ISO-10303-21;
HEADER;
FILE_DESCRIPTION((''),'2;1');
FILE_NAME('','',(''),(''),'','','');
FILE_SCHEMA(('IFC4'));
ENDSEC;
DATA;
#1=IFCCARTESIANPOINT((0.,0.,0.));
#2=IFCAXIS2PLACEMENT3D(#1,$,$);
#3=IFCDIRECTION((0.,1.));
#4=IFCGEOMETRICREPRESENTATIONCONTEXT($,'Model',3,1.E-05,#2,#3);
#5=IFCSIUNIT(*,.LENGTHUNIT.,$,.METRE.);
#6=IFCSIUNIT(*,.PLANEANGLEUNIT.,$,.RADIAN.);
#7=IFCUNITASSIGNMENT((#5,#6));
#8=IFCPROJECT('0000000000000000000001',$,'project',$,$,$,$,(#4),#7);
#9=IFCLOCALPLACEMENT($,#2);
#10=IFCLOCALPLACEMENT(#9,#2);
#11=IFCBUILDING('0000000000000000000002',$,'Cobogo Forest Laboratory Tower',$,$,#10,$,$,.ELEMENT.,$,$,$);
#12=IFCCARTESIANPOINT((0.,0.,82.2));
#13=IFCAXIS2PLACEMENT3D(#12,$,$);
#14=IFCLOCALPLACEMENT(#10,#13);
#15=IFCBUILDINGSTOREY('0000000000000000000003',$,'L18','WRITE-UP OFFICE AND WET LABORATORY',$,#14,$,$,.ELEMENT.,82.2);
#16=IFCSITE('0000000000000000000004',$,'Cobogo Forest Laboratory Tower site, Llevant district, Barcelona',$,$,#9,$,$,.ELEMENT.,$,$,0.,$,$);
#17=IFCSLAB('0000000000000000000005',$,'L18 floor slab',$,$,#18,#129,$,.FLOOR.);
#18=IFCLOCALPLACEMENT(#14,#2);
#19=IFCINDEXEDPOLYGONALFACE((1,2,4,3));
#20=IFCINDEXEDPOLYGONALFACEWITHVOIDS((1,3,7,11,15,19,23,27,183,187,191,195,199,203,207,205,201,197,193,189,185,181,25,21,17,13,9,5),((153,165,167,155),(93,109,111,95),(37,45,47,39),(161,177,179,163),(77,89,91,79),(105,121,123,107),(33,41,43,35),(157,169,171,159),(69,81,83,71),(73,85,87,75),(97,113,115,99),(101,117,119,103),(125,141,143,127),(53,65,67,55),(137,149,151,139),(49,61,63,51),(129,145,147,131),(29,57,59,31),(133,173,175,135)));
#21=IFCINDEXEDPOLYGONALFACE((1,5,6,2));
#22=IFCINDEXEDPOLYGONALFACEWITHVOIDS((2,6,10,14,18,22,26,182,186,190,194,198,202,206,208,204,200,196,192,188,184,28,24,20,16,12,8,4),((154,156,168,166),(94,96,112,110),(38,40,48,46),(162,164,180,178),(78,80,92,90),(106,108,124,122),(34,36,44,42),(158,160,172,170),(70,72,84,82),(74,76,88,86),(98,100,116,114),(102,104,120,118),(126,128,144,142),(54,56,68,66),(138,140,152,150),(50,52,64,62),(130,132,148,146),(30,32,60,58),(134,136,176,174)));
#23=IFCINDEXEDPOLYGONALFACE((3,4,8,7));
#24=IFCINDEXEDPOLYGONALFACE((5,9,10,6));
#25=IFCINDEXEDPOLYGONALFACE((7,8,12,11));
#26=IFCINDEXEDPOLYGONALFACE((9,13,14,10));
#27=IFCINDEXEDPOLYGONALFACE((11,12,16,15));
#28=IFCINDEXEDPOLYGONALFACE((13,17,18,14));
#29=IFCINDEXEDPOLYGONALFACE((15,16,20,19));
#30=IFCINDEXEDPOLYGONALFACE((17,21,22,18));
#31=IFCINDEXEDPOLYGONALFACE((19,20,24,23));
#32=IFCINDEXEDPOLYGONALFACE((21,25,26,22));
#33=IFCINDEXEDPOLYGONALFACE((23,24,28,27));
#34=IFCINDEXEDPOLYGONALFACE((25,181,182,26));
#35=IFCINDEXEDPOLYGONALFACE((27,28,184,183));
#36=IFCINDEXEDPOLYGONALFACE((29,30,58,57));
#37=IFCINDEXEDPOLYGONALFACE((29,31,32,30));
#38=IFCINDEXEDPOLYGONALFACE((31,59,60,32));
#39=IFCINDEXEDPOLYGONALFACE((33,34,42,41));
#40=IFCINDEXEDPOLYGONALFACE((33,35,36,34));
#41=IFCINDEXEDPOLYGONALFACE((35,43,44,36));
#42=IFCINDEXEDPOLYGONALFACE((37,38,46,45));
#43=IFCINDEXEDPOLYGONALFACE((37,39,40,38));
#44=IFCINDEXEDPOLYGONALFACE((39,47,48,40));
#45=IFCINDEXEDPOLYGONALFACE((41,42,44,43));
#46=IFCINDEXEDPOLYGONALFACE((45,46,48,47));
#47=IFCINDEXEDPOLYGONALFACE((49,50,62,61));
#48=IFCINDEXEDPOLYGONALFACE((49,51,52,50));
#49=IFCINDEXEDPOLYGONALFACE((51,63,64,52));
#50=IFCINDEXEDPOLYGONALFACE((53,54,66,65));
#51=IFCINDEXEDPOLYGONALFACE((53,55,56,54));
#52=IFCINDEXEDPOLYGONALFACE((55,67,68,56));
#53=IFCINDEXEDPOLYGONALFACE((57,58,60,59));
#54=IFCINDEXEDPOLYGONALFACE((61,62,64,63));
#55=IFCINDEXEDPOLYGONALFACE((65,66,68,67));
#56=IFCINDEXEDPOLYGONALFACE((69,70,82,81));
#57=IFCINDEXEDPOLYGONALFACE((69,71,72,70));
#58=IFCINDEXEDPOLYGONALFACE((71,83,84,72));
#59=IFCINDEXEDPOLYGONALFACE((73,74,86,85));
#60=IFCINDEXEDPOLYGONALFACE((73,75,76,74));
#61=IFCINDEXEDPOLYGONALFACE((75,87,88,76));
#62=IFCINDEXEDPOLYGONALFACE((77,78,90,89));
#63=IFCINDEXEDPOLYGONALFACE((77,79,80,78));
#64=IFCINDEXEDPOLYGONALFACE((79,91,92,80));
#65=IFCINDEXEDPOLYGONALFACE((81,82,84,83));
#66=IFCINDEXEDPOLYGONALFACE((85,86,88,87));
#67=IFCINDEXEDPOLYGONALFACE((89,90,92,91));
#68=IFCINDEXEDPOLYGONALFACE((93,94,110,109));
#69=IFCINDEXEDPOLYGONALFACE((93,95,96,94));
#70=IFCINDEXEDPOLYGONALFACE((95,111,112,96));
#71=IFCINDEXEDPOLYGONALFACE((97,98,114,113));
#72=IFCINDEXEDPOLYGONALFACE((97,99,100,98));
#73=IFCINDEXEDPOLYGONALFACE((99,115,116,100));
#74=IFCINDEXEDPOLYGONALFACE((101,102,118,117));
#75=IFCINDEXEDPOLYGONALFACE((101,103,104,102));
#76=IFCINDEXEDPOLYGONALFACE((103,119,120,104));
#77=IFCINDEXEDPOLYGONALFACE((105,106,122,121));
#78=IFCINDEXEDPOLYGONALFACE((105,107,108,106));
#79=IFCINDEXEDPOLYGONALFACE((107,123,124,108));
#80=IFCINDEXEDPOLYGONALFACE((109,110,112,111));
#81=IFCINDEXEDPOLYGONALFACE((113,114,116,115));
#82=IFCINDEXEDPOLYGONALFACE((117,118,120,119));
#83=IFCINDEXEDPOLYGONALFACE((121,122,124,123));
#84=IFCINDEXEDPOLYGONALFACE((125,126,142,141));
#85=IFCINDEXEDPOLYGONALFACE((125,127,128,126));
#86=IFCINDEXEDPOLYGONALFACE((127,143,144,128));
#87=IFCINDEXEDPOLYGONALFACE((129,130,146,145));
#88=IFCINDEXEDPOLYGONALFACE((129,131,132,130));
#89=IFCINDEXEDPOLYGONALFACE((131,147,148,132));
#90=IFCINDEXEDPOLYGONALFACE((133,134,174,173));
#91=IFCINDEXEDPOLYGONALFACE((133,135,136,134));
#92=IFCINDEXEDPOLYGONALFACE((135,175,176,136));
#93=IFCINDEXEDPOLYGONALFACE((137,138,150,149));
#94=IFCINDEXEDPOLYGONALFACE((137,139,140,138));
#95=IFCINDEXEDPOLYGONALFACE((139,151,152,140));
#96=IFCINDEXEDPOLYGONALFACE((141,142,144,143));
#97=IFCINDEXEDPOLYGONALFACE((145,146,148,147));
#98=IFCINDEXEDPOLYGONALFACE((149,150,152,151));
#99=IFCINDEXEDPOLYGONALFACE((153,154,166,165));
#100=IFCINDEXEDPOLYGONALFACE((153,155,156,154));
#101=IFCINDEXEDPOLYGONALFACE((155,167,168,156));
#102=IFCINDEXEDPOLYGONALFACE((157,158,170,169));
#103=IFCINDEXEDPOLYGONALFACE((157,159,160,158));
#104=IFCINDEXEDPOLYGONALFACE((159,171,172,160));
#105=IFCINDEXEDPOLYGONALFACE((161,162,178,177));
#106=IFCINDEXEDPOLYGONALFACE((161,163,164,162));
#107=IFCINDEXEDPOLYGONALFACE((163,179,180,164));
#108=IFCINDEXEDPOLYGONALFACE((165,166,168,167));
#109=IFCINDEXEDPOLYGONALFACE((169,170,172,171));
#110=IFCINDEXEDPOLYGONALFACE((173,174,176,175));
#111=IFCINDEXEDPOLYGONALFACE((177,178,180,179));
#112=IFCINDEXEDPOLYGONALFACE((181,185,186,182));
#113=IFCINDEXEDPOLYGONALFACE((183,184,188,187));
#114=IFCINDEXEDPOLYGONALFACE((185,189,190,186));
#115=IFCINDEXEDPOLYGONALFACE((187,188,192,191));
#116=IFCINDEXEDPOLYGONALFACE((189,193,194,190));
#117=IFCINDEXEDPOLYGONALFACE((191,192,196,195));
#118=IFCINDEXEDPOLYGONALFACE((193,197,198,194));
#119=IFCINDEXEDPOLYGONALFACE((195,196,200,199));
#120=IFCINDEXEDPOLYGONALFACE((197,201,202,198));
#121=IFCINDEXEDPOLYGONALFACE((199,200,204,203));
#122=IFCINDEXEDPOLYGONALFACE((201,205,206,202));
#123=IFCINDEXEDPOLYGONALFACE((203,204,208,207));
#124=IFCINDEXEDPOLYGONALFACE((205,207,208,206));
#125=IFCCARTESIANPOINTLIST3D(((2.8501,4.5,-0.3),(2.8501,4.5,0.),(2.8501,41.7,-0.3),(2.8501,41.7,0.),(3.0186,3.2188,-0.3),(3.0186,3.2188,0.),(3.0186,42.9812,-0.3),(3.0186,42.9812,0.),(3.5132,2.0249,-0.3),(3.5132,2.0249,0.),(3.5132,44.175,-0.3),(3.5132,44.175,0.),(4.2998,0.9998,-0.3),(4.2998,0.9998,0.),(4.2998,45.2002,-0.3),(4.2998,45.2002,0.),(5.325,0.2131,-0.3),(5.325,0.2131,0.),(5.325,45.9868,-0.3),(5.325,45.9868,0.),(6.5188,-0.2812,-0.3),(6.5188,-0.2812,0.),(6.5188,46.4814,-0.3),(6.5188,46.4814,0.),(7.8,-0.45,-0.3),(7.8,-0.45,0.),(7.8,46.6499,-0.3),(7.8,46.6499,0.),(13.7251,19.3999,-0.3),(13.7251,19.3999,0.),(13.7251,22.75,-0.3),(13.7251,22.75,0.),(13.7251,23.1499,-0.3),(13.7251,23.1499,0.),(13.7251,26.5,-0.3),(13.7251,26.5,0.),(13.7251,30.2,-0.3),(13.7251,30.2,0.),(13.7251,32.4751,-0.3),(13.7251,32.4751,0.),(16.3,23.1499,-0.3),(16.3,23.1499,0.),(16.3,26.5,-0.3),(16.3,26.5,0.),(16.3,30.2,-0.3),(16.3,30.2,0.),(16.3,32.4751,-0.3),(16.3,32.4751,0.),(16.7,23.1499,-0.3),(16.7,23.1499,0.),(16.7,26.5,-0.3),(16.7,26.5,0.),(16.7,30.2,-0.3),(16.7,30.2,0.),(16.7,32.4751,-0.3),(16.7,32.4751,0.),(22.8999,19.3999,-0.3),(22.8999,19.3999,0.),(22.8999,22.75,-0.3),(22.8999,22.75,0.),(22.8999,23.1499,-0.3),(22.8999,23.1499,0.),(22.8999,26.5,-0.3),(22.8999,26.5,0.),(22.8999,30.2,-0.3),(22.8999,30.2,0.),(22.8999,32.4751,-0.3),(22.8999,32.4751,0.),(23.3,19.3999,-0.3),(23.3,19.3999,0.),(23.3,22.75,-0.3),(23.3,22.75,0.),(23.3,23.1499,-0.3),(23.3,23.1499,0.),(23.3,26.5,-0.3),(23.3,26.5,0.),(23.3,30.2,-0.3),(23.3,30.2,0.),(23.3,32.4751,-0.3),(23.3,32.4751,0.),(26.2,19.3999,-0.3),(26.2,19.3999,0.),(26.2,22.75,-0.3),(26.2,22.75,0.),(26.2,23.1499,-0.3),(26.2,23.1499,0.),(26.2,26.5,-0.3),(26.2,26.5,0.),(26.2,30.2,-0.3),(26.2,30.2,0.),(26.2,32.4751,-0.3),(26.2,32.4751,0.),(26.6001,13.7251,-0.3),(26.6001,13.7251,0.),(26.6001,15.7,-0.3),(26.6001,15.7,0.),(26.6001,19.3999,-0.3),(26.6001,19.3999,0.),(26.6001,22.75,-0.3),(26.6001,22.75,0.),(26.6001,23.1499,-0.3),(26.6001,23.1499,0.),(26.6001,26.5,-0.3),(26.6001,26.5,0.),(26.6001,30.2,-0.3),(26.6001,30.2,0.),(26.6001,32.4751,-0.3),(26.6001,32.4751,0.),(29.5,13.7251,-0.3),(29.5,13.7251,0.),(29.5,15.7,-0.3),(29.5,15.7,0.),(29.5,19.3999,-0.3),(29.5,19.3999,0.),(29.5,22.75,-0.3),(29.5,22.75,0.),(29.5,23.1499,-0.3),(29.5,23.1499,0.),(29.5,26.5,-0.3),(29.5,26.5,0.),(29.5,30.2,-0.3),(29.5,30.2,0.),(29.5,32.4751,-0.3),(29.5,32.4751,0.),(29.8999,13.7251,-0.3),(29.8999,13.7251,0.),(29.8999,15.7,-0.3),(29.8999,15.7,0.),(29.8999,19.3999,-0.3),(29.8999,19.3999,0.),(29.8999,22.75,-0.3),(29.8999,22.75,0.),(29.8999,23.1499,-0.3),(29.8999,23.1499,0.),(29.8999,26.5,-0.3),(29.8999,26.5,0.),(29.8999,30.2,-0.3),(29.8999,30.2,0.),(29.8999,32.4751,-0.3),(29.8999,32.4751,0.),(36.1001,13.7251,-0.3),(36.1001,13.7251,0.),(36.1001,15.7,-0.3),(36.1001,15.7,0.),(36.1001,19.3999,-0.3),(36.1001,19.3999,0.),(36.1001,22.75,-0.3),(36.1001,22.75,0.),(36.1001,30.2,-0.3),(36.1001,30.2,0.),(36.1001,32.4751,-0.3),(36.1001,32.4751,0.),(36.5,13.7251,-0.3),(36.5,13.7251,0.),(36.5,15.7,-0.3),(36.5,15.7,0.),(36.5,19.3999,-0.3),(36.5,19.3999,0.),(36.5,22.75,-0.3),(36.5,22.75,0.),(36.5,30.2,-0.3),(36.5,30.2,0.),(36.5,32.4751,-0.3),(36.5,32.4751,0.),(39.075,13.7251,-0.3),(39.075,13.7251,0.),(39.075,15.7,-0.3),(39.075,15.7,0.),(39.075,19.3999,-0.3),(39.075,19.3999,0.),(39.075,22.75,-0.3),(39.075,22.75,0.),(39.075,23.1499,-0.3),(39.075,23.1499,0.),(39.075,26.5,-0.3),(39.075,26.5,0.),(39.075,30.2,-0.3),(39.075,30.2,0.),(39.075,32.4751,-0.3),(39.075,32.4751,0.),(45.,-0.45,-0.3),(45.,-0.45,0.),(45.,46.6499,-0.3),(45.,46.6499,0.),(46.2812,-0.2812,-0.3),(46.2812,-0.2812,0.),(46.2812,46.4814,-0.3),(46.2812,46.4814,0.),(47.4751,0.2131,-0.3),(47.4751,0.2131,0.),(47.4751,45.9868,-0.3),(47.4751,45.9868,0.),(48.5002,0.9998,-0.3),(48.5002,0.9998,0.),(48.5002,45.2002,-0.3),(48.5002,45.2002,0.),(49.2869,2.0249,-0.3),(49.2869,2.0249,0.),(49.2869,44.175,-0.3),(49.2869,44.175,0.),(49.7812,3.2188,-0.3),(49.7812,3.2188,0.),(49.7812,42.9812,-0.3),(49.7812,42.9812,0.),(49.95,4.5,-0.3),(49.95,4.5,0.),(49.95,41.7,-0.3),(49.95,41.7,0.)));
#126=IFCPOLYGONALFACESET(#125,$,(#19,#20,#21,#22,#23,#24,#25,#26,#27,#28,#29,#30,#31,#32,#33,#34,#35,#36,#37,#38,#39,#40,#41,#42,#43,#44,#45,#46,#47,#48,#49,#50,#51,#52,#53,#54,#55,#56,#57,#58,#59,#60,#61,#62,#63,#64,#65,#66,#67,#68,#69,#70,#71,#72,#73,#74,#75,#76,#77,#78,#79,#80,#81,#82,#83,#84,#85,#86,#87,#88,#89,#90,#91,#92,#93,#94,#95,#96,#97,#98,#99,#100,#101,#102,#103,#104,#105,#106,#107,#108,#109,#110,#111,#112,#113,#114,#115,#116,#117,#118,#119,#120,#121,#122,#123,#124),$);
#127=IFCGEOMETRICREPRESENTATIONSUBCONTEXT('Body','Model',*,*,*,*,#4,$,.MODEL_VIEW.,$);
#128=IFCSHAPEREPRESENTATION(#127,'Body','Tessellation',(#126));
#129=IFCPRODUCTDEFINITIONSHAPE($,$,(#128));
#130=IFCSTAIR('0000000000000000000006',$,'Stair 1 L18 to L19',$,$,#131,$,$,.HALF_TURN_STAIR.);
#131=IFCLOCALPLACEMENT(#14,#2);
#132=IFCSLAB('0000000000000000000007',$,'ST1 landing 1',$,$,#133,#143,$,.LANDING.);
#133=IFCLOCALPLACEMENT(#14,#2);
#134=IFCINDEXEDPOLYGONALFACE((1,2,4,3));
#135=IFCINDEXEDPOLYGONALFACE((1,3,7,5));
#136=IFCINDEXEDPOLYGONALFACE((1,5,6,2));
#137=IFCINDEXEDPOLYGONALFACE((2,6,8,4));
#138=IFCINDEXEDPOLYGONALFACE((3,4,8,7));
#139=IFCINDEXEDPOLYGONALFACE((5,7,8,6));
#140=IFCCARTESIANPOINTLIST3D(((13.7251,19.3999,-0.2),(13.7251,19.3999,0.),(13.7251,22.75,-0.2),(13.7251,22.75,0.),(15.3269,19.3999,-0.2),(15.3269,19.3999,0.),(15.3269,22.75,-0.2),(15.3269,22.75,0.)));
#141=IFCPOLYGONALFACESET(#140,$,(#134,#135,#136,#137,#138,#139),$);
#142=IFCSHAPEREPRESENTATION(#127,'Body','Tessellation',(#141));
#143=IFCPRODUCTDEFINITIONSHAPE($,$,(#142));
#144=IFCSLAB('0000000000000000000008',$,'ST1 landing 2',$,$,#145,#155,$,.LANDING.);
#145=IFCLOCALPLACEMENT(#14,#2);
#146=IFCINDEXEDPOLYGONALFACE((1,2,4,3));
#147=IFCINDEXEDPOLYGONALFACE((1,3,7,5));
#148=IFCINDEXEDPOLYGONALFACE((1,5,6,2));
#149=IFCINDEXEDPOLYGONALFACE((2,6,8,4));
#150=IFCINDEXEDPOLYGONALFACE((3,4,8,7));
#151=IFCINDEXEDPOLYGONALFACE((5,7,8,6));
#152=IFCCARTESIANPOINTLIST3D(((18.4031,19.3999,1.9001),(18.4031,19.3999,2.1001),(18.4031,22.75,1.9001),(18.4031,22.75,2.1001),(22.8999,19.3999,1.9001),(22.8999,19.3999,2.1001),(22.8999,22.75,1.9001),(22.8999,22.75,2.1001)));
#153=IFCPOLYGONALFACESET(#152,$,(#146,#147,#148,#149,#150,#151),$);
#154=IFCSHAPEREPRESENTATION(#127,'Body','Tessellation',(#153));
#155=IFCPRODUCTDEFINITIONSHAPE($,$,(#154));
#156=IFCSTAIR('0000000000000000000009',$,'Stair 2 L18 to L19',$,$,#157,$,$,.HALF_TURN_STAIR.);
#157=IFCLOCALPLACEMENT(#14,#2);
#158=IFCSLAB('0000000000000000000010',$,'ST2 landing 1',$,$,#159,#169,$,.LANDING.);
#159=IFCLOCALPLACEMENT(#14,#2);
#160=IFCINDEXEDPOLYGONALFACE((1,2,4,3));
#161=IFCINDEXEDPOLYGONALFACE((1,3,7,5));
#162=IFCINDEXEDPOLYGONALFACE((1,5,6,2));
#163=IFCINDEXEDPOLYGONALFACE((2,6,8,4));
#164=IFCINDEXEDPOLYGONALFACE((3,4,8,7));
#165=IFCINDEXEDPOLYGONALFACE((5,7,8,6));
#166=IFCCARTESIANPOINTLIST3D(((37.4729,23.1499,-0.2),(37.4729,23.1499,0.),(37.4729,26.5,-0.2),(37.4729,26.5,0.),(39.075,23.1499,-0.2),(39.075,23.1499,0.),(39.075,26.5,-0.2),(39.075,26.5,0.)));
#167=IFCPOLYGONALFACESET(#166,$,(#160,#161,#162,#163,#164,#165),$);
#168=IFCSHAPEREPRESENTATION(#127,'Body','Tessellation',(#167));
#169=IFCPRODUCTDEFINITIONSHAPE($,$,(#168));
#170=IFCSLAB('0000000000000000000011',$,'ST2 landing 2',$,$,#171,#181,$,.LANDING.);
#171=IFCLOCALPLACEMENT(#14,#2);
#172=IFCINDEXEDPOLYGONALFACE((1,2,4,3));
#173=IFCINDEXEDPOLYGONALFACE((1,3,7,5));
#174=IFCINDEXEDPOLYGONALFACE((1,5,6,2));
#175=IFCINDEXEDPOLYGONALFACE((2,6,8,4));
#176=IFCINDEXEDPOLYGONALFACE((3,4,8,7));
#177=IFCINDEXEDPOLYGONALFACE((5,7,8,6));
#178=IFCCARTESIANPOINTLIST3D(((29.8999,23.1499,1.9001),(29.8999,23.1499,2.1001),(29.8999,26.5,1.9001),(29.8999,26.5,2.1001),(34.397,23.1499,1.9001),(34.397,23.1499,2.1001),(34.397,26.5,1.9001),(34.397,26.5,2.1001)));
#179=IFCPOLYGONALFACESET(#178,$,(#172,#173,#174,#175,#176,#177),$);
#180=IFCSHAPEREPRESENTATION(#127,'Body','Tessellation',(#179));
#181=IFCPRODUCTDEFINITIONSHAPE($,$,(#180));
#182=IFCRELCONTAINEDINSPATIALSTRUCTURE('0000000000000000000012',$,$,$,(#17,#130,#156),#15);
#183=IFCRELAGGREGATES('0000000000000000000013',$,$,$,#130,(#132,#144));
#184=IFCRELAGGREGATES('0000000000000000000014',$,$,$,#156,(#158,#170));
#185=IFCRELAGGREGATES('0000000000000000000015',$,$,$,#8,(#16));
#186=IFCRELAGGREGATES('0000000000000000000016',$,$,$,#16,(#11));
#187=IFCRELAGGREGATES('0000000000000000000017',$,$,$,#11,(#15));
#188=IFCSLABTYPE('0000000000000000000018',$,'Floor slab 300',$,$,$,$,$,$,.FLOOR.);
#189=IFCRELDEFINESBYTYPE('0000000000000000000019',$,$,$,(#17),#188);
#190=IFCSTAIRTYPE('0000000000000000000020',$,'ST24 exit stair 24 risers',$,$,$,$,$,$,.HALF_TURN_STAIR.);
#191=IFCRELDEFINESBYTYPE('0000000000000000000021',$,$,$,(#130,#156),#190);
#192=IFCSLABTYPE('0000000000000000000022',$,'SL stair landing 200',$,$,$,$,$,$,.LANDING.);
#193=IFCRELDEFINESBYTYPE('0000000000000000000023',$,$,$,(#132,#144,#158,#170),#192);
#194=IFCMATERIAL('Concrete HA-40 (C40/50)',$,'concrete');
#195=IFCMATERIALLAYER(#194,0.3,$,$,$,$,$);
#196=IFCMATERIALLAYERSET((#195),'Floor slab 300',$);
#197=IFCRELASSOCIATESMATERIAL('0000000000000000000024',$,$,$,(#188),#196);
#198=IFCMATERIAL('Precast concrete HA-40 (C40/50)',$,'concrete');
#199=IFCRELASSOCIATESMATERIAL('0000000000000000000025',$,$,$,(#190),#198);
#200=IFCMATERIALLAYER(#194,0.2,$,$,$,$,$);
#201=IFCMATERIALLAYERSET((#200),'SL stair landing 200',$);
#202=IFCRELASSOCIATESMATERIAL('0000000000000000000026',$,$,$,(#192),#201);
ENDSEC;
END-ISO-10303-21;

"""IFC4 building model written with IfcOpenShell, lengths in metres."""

from ifc_helpers import new_model, si_unit, direction, frame, origin, place, context, subcontext, project, spatial, polyline, outline, extrude, material, layer, layer_set, type_object, element, aggregate, save


model = new_model("IFC4")

# Units and contexts
model_context = context("Model", 3, precision=1e-05, world=origin(), true_north=direction((0.0, 1.0)))
body_context = subcontext(model_context, "Body", "Model", "MODEL_VIEW")
ifc_project = project(units=[si_unit("LENGTHUNIT", "METRE"), si_unit("PLANEANGLEUNIT", "RADIAN")], contexts=[model_context])

# Site, building, storey
site_placement = place(None, origin())
site = spatial("IfcSite", under=ifc_project, at=site_placement, Name="Cobogo Forest Laboratory Tower site, Llevant district, Barcelona", CompositionType="ELEMENT", RefElevation=0.0)
building_placement = place(site_placement, origin())
building = spatial("IfcBuilding", under=site, at=building_placement, Name="Cobogo Forest Laboratory Tower", CompositionType="ELEMENT")
storey_placement = place(building_placement, frame((0.0, 0.0, 82.2)))
storey = spatial("IfcBuildingStorey", under=building, at=storey_placement, Name="L18", Description="WRITE-UP OFFICE AND WET LABORATORY", CompositionType="ELEMENT", Elevation=82.2)

# Slab
ifc_material_1 = material(Name="Concrete HA-40 (C40/50)", Category="concrete")
ifc_layer_1 = layer(ifc_material_1, 0.3)
ifc_layer_set_1 = layer_set([ifc_layer_1], Name="Floor slab 300")
slab_type_1 = type_object("IfcSlabType", Name="Floor slab 300", PredefinedType="FLOOR", material=ifc_layer_set_1)
slab_1_placement = place(storey_placement, frame((0.0, 0.0, -0.3)))
element("IfcSlab", 1, at=slab_1_placement, inside=storey, type_object=slab_type_1, Name="L18 floor slab", PredefinedType="FLOOR", context=body_context, shape_type="SweptSolid", body=[
    extrude(outline(polyline([(45.0, -0.45), (46.2812, -0.2812), (47.4751, 0.2131), (48.5002, 0.9998), (49.2869, 2.0249), (49.7812, 3.2188), (49.95, 4.5), (49.95, 41.7), (49.7812, 42.9812), (49.2869, 44.175), (48.5002, 45.2002), (47.4751, 45.9868), (46.2812, 46.4814), (45.0, 46.6499), (7.8, 46.6499), (6.5188, 46.4814), (5.325, 45.9868), (4.2998, 45.2002), (3.5132, 44.175), (3.0186, 42.9812), (2.8501, 41.7), (2.8501, 4.5), (3.0186, 3.2188), (3.5132, 2.0249), (4.2998, 0.9998), (5.325, 0.2131), (6.5188, -0.2812), (7.8, -0.45), (45.0, -0.45)]), holes=[polyline([(29.5, 13.7251), (26.6001, 13.7251), (26.6001, 15.7), (29.5, 15.7), (29.5, 13.7251)]), polyline([(36.1001, 15.7), (36.1001, 13.7251), (29.8999, 13.7251), (29.8999, 15.7), (36.1001, 15.7)]), polyline([(36.5, 13.7251), (36.5, 15.7), (39.075, 15.7), (39.075, 13.7251), (36.5, 13.7251)]), polyline([(13.7251, 19.3999), (13.7251, 22.75), (22.8999, 22.75), (22.8999, 19.3999), (13.7251, 19.3999)]), polyline([(23.3, 19.3999), (23.3, 22.75), (26.2, 22.75), (26.2, 19.3999), (23.3, 19.3999)]), polyline([(29.5, 19.3999), (26.6001, 19.3999), (26.6001, 22.75), (29.5, 22.75), (29.5, 19.3999)]), polyline([(36.1001, 22.75), (36.1001, 19.3999), (29.8999, 19.3999), (29.8999, 22.75), (36.1001, 22.75)]), polyline([(39.075, 19.3999), (36.5, 19.3999), (36.5, 22.75), (39.075, 22.75), (39.075, 19.3999)]), polyline([(16.3, 23.1499), (13.7251, 23.1499), (13.7251, 26.5), (16.3, 26.5), (16.3, 23.1499)]), polyline([(22.8999, 26.5), (22.8999, 23.1499), (16.7, 23.1499), (16.7, 26.5), (22.8999, 26.5)]), polyline([(26.2, 23.1499), (23.3, 23.1499), (23.3, 26.5), (26.2, 26.5), (26.2, 23.1499)]), polyline([(26.6001, 23.1499), (26.6001, 26.5), (29.5, 26.5), (29.5, 23.1499), (26.6001, 23.1499)]), polyline([(29.8999, 23.1499), (29.8999, 26.5), (39.075, 26.5), (39.075, 23.1499), (29.8999, 23.1499)]), polyline([(13.7251, 30.2), (13.7251, 32.4751), (16.3, 32.4751), (16.3, 30.2), (13.7251, 30.2)]), polyline([(22.8999, 32.4751), (22.8999, 30.2), (16.7, 30.2), (16.7, 32.4751), (22.8999, 32.4751)]), polyline([(23.3, 30.2), (23.3, 32.4751), (26.2, 32.4751), (26.2, 30.2), (23.3, 30.2)]), polyline([(26.6001, 30.2), (26.6001, 32.4751), (29.5, 32.4751), (29.5, 30.2), (26.6001, 30.2)]), polyline([(36.1001, 32.4751), (36.1001, 30.2), (29.8999, 30.2), (29.8999, 32.4751), (36.1001, 32.4751)]), polyline([(36.5, 30.2), (36.5, 32.4751), (39.075, 32.4751), (39.075, 30.2), (36.5, 30.2)])]), origin(), (0.0, 0.0, 1.0), 0.3),
])

# Stairs, slabs
ifc_material_2 = material(Name="Precast concrete HA-40 (C40/50)", Category="concrete")
stair_type = type_object("IfcStairType", Name="ST24 exit stair 24 risers", PredefinedType="HALF_TURN_STAIR", material=ifc_material_2)
stair_1_placement = place(storey_placement, origin())
stair_1 = element("IfcStair", 2, at=stair_1_placement, inside=storey, type_object=stair_type, Name="Stair 1 L18 to L19", PredefinedType="HALF_TURN_STAIR")
ifc_layer_2 = layer(ifc_material_1, 0.2)
ifc_layer_set_2 = layer_set([ifc_layer_2], Name="SL stair landing 200")
slab_type_2 = type_object("IfcSlabType", Name="SL stair landing 200", PredefinedType="LANDING", material=ifc_layer_set_2)
slab_2_placement = place(storey_placement, frame((0.0, 0.0, -0.2)))
slab_2 = element("IfcSlab", 3, at=slab_2_placement, type_object=slab_type_2, Name="ST1 landing 1", PredefinedType="LANDING", context=body_context, shape_type="SweptSolid", body=[
    extrude(outline(polyline([(13.7251, 19.3999), (15.3269, 19.3999), (15.3269, 22.75), (13.7251, 22.75), (13.7251, 19.3999)])), origin(), (0.0, 0.0, 1.0), 0.2),
])
slab_3_placement = place(storey_placement, frame((0.0, 0.0, 1.9001)))
slab_3 = element("IfcSlab", 4, at=slab_3_placement, type_object=slab_type_2, Name="ST1 landing 2", PredefinedType="LANDING", context=body_context, shape_type="SweptSolid", body=[
    extrude(outline(polyline([(18.4031, 19.3999), (22.8999, 19.3999), (22.8999, 22.75), (18.4031, 22.75), (18.4031, 19.3999)])), origin(), (0.0, 0.0, 1.0), 0.2),
])
aggregate(stair_1, [slab_2, slab_3])
stair_2_placement = place(storey_placement, origin())
stair_2 = element("IfcStair", 5, at=stair_2_placement, inside=storey, type_object=stair_type, Name="Stair 2 L18 to L19", PredefinedType="HALF_TURN_STAIR")
slab_4_placement = place(storey_placement, frame((0.0, 0.0, -0.2)))
slab_4 = element("IfcSlab", 6, at=slab_4_placement, type_object=slab_type_2, Name="ST2 landing 1", PredefinedType="LANDING", context=body_context, shape_type="SweptSolid", body=[
    extrude(outline(polyline([(37.4729, 23.1499), (39.075, 23.1499), (39.075, 26.5), (37.4729, 26.5), (37.4729, 23.1499)])), origin(), (0.0, 0.0, 1.0), 0.2),
])
slab_5_placement = place(storey_placement, frame((0.0, 0.0, 1.9001)))
slab_5 = element("IfcSlab", 7, at=slab_5_placement, type_object=slab_type_2, Name="ST2 landing 2", PredefinedType="LANDING", context=body_context, shape_type="SweptSolid", body=[
    extrude(outline(polyline([(29.8999, 23.1499), (34.397, 23.1499), (34.397, 26.5), (29.8999, 26.5), (29.8999, 23.1499)])), origin(), (0.0, 0.0, 1.0), 0.2),
])
aggregate(stair_2, [slab_4, slab_5])

save(model, "model.ifc")
